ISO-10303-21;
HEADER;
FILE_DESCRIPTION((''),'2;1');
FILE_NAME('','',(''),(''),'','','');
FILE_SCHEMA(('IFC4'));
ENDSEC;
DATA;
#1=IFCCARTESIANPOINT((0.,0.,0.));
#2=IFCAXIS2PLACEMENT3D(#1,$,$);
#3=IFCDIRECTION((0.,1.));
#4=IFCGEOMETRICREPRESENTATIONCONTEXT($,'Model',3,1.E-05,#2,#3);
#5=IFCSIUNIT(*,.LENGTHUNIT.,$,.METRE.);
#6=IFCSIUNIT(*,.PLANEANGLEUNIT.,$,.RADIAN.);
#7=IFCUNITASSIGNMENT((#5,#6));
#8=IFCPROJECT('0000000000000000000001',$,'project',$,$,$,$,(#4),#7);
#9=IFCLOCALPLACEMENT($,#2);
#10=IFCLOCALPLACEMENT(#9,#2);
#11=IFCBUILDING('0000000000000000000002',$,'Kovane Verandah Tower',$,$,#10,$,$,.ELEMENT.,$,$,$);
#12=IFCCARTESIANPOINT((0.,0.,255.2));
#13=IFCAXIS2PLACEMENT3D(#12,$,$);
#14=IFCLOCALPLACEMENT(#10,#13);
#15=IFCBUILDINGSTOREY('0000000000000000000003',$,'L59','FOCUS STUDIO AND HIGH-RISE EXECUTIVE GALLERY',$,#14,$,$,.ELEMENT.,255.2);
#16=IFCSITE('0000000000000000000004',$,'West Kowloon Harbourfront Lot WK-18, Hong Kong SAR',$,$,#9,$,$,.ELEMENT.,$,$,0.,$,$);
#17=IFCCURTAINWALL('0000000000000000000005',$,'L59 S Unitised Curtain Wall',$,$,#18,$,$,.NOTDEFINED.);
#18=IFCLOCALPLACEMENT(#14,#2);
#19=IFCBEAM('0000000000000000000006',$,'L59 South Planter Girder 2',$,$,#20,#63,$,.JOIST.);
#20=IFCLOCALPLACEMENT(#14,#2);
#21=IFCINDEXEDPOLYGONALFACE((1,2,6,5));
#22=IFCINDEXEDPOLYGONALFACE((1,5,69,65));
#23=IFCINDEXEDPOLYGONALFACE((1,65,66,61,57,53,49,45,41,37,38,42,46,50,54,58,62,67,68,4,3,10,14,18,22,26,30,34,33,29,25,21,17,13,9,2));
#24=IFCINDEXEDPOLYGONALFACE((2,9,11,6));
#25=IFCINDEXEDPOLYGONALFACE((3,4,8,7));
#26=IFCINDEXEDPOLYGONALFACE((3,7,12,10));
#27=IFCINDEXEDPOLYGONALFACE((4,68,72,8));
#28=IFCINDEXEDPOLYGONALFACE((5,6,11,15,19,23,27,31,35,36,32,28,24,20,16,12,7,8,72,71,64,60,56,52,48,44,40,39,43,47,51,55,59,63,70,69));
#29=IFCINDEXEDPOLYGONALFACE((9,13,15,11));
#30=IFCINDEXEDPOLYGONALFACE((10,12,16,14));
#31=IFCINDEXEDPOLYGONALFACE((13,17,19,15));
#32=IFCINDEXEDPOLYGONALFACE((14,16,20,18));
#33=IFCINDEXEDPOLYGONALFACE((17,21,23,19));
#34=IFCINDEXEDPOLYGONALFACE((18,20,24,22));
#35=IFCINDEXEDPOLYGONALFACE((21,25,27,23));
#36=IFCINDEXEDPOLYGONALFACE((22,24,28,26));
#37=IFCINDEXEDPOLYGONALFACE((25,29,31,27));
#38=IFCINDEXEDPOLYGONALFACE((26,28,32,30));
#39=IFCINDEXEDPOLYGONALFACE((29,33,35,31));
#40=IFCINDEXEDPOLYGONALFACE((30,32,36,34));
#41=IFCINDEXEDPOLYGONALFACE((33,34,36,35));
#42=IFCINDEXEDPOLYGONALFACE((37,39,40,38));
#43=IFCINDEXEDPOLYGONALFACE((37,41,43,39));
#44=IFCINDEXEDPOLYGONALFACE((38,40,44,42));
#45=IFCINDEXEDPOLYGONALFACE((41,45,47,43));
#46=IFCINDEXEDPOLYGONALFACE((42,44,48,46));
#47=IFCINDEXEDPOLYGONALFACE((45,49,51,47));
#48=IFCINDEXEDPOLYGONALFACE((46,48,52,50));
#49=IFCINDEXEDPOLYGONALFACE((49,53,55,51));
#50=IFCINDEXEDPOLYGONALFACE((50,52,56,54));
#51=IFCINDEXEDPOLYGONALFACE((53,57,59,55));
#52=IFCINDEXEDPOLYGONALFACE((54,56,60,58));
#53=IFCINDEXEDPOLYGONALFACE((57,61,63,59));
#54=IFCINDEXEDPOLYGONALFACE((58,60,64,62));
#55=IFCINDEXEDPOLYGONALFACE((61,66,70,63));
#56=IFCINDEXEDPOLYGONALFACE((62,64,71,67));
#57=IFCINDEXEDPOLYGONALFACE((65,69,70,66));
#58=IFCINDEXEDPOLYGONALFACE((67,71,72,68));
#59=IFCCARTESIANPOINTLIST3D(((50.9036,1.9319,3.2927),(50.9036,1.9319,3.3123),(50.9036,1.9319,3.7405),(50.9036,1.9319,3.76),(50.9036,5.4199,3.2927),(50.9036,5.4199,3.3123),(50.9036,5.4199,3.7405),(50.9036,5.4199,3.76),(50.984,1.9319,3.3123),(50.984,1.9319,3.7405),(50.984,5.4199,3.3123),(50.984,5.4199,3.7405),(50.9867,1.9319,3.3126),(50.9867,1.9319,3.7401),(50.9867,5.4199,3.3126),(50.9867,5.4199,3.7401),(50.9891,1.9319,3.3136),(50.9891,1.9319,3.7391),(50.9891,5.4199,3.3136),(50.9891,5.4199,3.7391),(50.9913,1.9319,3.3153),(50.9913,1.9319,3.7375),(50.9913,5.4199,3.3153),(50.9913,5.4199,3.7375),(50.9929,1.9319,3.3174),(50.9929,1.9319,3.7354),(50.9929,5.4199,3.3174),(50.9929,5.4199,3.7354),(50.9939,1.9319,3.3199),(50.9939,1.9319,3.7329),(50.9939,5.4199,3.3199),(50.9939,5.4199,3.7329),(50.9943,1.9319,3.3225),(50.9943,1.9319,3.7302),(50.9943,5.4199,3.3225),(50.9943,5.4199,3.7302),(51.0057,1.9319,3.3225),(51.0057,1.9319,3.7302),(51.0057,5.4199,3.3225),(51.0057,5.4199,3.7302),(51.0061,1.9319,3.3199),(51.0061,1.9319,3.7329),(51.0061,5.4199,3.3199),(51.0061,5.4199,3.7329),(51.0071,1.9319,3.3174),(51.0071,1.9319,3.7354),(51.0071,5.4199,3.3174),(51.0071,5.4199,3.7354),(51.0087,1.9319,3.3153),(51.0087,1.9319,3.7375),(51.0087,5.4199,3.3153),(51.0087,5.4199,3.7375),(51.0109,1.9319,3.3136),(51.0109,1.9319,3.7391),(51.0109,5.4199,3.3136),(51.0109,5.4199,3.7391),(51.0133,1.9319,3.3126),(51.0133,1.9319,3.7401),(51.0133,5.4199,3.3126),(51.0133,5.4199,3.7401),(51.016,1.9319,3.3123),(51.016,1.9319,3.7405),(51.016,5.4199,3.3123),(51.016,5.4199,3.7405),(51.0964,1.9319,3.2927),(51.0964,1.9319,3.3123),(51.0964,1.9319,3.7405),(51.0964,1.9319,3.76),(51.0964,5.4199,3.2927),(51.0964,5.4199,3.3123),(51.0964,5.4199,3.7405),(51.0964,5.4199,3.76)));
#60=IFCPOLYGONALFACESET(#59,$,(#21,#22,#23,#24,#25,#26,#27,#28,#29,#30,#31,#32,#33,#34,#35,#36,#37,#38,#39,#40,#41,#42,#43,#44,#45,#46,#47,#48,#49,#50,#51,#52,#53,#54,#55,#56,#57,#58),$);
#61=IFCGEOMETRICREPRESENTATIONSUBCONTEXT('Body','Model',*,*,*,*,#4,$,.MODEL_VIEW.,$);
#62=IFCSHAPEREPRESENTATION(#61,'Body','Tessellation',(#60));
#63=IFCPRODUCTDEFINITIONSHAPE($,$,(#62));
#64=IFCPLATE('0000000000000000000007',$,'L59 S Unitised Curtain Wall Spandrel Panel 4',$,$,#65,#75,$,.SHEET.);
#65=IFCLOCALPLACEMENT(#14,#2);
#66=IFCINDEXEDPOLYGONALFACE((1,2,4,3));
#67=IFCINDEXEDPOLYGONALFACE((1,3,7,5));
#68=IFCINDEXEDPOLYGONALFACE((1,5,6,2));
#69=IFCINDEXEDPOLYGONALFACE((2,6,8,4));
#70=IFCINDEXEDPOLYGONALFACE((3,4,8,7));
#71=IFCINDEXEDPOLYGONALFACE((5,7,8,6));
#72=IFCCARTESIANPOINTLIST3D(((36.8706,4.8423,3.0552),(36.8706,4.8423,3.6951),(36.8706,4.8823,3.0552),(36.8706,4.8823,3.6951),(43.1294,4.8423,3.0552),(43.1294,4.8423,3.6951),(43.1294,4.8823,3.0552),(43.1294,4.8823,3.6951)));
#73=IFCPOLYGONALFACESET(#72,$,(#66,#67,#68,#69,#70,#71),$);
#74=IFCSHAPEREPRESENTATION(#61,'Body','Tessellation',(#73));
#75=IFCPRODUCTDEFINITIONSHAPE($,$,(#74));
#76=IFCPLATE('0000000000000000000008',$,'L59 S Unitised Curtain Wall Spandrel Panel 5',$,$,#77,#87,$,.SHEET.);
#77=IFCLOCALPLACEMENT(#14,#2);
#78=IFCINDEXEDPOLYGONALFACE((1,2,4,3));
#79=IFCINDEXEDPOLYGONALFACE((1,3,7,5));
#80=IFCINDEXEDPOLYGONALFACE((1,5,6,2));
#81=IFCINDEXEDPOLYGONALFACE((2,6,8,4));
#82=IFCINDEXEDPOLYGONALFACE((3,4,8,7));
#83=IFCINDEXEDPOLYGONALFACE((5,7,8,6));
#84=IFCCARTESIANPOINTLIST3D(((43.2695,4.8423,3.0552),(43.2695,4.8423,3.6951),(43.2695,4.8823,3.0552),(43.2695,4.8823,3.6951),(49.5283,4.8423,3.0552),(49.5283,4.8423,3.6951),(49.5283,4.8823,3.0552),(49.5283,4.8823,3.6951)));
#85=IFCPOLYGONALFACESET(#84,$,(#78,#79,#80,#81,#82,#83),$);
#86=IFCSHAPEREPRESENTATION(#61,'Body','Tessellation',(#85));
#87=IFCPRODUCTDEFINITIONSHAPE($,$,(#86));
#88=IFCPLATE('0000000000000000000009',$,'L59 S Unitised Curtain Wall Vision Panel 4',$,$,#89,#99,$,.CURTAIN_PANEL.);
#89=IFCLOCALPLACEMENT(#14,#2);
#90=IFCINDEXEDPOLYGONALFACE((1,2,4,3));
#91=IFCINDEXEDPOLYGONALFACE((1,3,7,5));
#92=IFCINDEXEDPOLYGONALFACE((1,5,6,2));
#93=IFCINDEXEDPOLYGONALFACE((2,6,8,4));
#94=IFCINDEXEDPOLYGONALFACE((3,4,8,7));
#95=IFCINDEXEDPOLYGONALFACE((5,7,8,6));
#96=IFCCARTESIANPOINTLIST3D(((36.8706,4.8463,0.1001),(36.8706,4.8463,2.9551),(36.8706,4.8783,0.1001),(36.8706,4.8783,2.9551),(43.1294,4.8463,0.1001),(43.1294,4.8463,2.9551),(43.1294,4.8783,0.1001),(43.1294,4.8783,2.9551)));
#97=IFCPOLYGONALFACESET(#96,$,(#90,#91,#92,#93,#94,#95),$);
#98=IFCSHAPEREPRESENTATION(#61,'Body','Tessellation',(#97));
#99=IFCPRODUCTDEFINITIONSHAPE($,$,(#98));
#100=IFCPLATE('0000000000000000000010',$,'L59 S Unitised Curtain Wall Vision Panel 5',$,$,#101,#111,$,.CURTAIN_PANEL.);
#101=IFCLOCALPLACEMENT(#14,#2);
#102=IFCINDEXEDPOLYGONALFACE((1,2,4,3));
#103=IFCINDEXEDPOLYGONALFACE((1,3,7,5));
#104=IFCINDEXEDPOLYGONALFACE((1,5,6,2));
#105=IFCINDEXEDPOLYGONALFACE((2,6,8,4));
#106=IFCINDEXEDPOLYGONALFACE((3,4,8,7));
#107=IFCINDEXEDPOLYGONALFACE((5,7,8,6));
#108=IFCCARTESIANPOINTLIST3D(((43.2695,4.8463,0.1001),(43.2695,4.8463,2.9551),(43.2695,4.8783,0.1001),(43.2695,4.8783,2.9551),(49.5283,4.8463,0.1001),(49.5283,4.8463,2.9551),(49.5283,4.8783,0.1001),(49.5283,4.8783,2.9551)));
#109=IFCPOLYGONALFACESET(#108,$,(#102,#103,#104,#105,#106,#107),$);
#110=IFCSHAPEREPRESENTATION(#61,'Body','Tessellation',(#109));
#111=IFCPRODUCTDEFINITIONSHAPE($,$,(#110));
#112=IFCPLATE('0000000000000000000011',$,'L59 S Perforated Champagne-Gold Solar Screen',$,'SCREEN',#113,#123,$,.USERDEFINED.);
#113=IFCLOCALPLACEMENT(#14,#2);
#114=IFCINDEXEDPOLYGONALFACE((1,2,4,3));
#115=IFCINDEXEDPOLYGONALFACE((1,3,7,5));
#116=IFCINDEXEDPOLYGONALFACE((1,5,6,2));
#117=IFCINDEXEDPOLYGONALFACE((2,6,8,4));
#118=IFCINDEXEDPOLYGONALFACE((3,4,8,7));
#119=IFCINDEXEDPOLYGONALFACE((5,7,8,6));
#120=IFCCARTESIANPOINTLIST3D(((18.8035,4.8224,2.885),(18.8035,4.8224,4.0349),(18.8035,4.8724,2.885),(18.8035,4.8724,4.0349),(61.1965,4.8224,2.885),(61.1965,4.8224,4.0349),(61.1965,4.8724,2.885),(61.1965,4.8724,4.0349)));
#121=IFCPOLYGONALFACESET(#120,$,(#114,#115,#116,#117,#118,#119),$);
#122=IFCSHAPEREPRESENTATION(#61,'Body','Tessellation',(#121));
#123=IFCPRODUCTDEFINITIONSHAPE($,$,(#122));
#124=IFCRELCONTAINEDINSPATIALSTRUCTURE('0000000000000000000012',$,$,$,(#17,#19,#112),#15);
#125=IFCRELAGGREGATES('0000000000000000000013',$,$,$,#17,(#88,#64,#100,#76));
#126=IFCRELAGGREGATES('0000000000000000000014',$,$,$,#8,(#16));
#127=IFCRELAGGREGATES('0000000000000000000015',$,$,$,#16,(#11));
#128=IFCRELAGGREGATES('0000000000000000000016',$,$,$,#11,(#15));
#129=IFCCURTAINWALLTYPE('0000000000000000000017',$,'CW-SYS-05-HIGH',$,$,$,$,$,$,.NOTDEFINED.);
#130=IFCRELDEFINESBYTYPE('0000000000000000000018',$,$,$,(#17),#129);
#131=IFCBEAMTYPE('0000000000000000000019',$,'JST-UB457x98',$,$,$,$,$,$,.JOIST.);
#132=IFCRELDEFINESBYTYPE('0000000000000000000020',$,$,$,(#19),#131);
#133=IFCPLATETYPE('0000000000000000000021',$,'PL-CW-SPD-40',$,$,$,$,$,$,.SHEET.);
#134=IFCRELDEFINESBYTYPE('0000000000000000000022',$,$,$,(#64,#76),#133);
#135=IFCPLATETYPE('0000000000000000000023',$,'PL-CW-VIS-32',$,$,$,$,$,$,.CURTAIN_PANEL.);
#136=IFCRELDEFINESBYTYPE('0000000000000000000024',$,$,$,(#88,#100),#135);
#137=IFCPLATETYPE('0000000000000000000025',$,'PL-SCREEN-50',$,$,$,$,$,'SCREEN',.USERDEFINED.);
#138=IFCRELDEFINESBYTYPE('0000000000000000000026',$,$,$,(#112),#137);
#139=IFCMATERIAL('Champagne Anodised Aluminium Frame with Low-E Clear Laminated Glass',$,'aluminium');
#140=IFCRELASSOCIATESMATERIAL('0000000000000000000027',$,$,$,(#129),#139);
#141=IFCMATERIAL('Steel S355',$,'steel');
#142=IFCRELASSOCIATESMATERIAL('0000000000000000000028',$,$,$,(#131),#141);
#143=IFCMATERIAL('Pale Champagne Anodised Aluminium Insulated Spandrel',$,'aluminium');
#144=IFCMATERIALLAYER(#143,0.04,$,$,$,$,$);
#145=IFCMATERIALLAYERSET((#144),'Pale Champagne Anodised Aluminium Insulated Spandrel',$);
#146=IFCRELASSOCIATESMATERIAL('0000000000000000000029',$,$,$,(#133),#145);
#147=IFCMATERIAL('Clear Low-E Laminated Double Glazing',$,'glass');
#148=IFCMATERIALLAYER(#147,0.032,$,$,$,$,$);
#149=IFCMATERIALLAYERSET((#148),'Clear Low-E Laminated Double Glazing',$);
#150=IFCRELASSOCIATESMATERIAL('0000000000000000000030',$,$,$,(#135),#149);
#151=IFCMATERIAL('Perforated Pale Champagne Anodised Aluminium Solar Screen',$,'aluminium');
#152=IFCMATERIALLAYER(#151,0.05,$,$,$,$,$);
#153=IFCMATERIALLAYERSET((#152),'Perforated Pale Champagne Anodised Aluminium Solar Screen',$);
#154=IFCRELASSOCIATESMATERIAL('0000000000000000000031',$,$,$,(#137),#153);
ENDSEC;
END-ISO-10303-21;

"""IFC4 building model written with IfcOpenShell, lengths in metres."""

from ifc_helpers import new_model, si_unit, direction, frame, origin, origin_2d, place, context, subcontext, project, spatial, rectangle, i_section, extrude, material, layer, layer_set, material_profile, profile_set, type_object, element, aggregate, save


model = new_model("IFC4")

# Units and contexts
model_context = context("Model", 3, precision=1e-05, world=origin(), true_north=direction((0.0, 1.0)))
body_context = subcontext(model_context, "Body", "Model", "MODEL_VIEW")
ifc_project = project(units=[si_unit("LENGTHUNIT", "METRE"), si_unit("PLANEANGLEUNIT", "RADIAN")], contexts=[model_context])

# Site, building, storey
site_placement = place(None, origin())
site = spatial("IfcSite", under=ifc_project, at=site_placement, Name="West Kowloon Harbourfront Lot WK-18, Hong Kong SAR", CompositionType="ELEMENT", RefElevation=0.0)
building_placement = place(site_placement, origin())
building = spatial("IfcBuilding", under=site, at=building_placement, Name="Kovane Verandah Tower", CompositionType="ELEMENT")
storey_placement = place(building_placement, frame((0.0, 0.0, 255.2)))
storey = spatial("IfcBuildingStorey", under=building, at=storey_placement, Name="L59", Description="FOCUS STUDIO AND HIGH-RISE EXECUTIVE GALLERY", CompositionType="ELEMENT", Elevation=255.2)

# Shared definitions
ifc_material_1 = material(Name="Steel S355", Category="steel")

# Curtain wall
ifc_material_2 = material(Name="Champagne Anodised Aluminium Frame with Low-E Clear Laminated Glass", Category="aluminium")
curtain_wall_type = type_object("IfcCurtainWallType", Name="CW-SYS-05-HIGH", PredefinedType="NOTDEFINED", material=ifc_material_2)
curtain_wall_placement = place(storey_placement, origin())
curtain_wall = element("IfcCurtainWall", 1, at=curtain_wall_placement, inside=storey, type_object=curtain_wall_type, Name="L59 S Unitised Curtain Wall", PredefinedType="NOTDEFINED")

# Beam
ifc_material_profile_1 = material_profile(ifc_material_1, i_section(OverallWidth=0.1929, OverallDepth=0.4673, WebThickness=0.0115, FlangeThickness=0.0195, FilletRadius=0.0103, at=origin_2d()), Name="UB457x191x98")
ifc_profile_set_1 = profile_set([ifc_material_profile_1], Name="Steel S355")
beam_type_1 = type_object("IfcBeamType", Name="JST-UB457x98", PredefinedType="JOIST", material=ifc_profile_set_1)
beam_1_placement = place(storey_placement, frame((51.0, 5.4199, 3.5264), z_axis=(0.0, -1.0, 0.0), x_axis=(1.0, 0.0, 0.0)))
element("IfcBeam", 2, at=beam_1_placement, inside=storey, type_object=beam_type_1, Name="L59 South Planter Girder 2", PredefinedType="JOIST", context=body_context, shape_type="SweptSolid", body=[
    extrude(i_section(OverallWidth=0.1929, OverallDepth=0.4673, WebThickness=0.0115, FlangeThickness=0.0195, FilletRadius=0.0103, at=origin_2d()), origin(), (0.0, 0.0, 1.0), 3.488),
])

# Plates
ifc_material_3 = material(Name="Pale Champagne Anodised Aluminium Insulated Spandrel", Category="aluminium")
ifc_layer_1 = layer(ifc_material_3, 0.04)
ifc_layer_set_1 = layer_set([ifc_layer_1], Name="Pale Champagne Anodised Aluminium Insulated Spandrel")
plate_type_1 = type_object("IfcPlateType", Name="PL-CW-SPD-40", PredefinedType="SHEET", material=ifc_layer_set_1)
plate_1_placement = place(storey_placement, frame((40.0, 4.8623, 3.0552), z_axis=(0.0, 0.0, 1.0), x_axis=(1.0, 0.0, 0.0)))
plate_1 = element("IfcPlate", 3, at=plate_1_placement, type_object=plate_type_1, Name="L59 S Unitised Curtain Wall Spandrel Panel 4", PredefinedType="SHEET", context=body_context, shape_type="SweptSolid", body=[
    extrude(rectangle(XDim=6.2588, YDim=0.04, at=origin_2d()), origin(), (0.0, 0.0, 1.0), 0.6399),
])
plate_2_placement = place(storey_placement, frame((46.3989, 4.8623, 3.0552), z_axis=(0.0, 0.0, 1.0), x_axis=(1.0, 0.0, 0.0)))
plate_2 = element("IfcPlate", 4, at=plate_2_placement, type_object=plate_type_1, Name="L59 S Unitised Curtain Wall Spandrel Panel 5", PredefinedType="SHEET", context=body_context, shape_type="SweptSolid", body=[
    extrude(rectangle(XDim=6.2588, YDim=0.04, at=origin_2d()), origin(), (0.0, 0.0, 1.0), 0.6399),
])
ifc_material_4 = material(Name="Clear Low-E Laminated Double Glazing", Category="glass")
ifc_layer_2 = layer(ifc_material_4, 0.032)
ifc_layer_set_2 = layer_set([ifc_layer_2], Name="Clear Low-E Laminated Double Glazing")
plate_type_2 = type_object("IfcPlateType", Name="PL-CW-VIS-32", PredefinedType="CURTAIN_PANEL", material=ifc_layer_set_2)
plate_3_placement = place(storey_placement, frame((40.0, 4.8623, 0.1001), z_axis=(0.0, 0.0, 1.0), x_axis=(1.0, 0.0, 0.0)))
plate_3 = element("IfcPlate", 5, at=plate_3_placement, type_object=plate_type_2, Name="L59 S Unitised Curtain Wall Vision Panel 4", PredefinedType="CURTAIN_PANEL", context=body_context, shape_type="SweptSolid", body=[
    extrude(rectangle(XDim=6.2588, YDim=0.032, at=origin_2d()), origin(), (0.0, 0.0, 1.0), 2.855),
])
plate_4_placement = place(storey_placement, frame((46.3989, 4.8623, 0.1001), z_axis=(0.0, 0.0, 1.0), x_axis=(1.0, 0.0, 0.0)))
plate_4 = element("IfcPlate", 6, at=plate_4_placement, type_object=plate_type_2, Name="L59 S Unitised Curtain Wall Vision Panel 5", PredefinedType="CURTAIN_PANEL", context=body_context, shape_type="SweptSolid", body=[
    extrude(rectangle(XDim=6.2588, YDim=0.032, at=origin_2d()), origin(), (0.0, 0.0, 1.0), 2.855),
])
aggregate(curtain_wall, [plate_3, plate_1, plate_4, plate_2])
ifc_material_5 = material(Name="Perforated Pale Champagne Anodised Aluminium Solar Screen", Category="aluminium")
ifc_layer_3 = layer(ifc_material_5, 0.05)
ifc_layer_set_3 = layer_set([ifc_layer_3], Name="Perforated Pale Champagne Anodised Aluminium Solar Screen")
plate_type_3 = type_object("IfcPlateType", Name="PL-SCREEN-50", ElementType="SCREEN", PredefinedType="USERDEFINED", material=ifc_layer_set_3)
plate_5_placement = place(storey_placement, frame((40.0, 4.8474, 2.885), z_axis=(0.0, 0.0, 1.0), x_axis=(1.0, 0.0, 0.0)))
element("IfcPlate", 7, at=plate_5_placement, inside=storey, type_object=plate_type_3, Name="L59 S Perforated Champagne-Gold Solar Screen", ObjectType="SCREEN", PredefinedType="USERDEFINED", context=body_context, shape_type="SweptSolid", body=[
    extrude(rectangle(XDim=42.3931, YDim=0.05, at=origin_2d()), origin(), (0.0, 0.0, 1.0), 1.1499),
])

save(model, "model.ifc")
